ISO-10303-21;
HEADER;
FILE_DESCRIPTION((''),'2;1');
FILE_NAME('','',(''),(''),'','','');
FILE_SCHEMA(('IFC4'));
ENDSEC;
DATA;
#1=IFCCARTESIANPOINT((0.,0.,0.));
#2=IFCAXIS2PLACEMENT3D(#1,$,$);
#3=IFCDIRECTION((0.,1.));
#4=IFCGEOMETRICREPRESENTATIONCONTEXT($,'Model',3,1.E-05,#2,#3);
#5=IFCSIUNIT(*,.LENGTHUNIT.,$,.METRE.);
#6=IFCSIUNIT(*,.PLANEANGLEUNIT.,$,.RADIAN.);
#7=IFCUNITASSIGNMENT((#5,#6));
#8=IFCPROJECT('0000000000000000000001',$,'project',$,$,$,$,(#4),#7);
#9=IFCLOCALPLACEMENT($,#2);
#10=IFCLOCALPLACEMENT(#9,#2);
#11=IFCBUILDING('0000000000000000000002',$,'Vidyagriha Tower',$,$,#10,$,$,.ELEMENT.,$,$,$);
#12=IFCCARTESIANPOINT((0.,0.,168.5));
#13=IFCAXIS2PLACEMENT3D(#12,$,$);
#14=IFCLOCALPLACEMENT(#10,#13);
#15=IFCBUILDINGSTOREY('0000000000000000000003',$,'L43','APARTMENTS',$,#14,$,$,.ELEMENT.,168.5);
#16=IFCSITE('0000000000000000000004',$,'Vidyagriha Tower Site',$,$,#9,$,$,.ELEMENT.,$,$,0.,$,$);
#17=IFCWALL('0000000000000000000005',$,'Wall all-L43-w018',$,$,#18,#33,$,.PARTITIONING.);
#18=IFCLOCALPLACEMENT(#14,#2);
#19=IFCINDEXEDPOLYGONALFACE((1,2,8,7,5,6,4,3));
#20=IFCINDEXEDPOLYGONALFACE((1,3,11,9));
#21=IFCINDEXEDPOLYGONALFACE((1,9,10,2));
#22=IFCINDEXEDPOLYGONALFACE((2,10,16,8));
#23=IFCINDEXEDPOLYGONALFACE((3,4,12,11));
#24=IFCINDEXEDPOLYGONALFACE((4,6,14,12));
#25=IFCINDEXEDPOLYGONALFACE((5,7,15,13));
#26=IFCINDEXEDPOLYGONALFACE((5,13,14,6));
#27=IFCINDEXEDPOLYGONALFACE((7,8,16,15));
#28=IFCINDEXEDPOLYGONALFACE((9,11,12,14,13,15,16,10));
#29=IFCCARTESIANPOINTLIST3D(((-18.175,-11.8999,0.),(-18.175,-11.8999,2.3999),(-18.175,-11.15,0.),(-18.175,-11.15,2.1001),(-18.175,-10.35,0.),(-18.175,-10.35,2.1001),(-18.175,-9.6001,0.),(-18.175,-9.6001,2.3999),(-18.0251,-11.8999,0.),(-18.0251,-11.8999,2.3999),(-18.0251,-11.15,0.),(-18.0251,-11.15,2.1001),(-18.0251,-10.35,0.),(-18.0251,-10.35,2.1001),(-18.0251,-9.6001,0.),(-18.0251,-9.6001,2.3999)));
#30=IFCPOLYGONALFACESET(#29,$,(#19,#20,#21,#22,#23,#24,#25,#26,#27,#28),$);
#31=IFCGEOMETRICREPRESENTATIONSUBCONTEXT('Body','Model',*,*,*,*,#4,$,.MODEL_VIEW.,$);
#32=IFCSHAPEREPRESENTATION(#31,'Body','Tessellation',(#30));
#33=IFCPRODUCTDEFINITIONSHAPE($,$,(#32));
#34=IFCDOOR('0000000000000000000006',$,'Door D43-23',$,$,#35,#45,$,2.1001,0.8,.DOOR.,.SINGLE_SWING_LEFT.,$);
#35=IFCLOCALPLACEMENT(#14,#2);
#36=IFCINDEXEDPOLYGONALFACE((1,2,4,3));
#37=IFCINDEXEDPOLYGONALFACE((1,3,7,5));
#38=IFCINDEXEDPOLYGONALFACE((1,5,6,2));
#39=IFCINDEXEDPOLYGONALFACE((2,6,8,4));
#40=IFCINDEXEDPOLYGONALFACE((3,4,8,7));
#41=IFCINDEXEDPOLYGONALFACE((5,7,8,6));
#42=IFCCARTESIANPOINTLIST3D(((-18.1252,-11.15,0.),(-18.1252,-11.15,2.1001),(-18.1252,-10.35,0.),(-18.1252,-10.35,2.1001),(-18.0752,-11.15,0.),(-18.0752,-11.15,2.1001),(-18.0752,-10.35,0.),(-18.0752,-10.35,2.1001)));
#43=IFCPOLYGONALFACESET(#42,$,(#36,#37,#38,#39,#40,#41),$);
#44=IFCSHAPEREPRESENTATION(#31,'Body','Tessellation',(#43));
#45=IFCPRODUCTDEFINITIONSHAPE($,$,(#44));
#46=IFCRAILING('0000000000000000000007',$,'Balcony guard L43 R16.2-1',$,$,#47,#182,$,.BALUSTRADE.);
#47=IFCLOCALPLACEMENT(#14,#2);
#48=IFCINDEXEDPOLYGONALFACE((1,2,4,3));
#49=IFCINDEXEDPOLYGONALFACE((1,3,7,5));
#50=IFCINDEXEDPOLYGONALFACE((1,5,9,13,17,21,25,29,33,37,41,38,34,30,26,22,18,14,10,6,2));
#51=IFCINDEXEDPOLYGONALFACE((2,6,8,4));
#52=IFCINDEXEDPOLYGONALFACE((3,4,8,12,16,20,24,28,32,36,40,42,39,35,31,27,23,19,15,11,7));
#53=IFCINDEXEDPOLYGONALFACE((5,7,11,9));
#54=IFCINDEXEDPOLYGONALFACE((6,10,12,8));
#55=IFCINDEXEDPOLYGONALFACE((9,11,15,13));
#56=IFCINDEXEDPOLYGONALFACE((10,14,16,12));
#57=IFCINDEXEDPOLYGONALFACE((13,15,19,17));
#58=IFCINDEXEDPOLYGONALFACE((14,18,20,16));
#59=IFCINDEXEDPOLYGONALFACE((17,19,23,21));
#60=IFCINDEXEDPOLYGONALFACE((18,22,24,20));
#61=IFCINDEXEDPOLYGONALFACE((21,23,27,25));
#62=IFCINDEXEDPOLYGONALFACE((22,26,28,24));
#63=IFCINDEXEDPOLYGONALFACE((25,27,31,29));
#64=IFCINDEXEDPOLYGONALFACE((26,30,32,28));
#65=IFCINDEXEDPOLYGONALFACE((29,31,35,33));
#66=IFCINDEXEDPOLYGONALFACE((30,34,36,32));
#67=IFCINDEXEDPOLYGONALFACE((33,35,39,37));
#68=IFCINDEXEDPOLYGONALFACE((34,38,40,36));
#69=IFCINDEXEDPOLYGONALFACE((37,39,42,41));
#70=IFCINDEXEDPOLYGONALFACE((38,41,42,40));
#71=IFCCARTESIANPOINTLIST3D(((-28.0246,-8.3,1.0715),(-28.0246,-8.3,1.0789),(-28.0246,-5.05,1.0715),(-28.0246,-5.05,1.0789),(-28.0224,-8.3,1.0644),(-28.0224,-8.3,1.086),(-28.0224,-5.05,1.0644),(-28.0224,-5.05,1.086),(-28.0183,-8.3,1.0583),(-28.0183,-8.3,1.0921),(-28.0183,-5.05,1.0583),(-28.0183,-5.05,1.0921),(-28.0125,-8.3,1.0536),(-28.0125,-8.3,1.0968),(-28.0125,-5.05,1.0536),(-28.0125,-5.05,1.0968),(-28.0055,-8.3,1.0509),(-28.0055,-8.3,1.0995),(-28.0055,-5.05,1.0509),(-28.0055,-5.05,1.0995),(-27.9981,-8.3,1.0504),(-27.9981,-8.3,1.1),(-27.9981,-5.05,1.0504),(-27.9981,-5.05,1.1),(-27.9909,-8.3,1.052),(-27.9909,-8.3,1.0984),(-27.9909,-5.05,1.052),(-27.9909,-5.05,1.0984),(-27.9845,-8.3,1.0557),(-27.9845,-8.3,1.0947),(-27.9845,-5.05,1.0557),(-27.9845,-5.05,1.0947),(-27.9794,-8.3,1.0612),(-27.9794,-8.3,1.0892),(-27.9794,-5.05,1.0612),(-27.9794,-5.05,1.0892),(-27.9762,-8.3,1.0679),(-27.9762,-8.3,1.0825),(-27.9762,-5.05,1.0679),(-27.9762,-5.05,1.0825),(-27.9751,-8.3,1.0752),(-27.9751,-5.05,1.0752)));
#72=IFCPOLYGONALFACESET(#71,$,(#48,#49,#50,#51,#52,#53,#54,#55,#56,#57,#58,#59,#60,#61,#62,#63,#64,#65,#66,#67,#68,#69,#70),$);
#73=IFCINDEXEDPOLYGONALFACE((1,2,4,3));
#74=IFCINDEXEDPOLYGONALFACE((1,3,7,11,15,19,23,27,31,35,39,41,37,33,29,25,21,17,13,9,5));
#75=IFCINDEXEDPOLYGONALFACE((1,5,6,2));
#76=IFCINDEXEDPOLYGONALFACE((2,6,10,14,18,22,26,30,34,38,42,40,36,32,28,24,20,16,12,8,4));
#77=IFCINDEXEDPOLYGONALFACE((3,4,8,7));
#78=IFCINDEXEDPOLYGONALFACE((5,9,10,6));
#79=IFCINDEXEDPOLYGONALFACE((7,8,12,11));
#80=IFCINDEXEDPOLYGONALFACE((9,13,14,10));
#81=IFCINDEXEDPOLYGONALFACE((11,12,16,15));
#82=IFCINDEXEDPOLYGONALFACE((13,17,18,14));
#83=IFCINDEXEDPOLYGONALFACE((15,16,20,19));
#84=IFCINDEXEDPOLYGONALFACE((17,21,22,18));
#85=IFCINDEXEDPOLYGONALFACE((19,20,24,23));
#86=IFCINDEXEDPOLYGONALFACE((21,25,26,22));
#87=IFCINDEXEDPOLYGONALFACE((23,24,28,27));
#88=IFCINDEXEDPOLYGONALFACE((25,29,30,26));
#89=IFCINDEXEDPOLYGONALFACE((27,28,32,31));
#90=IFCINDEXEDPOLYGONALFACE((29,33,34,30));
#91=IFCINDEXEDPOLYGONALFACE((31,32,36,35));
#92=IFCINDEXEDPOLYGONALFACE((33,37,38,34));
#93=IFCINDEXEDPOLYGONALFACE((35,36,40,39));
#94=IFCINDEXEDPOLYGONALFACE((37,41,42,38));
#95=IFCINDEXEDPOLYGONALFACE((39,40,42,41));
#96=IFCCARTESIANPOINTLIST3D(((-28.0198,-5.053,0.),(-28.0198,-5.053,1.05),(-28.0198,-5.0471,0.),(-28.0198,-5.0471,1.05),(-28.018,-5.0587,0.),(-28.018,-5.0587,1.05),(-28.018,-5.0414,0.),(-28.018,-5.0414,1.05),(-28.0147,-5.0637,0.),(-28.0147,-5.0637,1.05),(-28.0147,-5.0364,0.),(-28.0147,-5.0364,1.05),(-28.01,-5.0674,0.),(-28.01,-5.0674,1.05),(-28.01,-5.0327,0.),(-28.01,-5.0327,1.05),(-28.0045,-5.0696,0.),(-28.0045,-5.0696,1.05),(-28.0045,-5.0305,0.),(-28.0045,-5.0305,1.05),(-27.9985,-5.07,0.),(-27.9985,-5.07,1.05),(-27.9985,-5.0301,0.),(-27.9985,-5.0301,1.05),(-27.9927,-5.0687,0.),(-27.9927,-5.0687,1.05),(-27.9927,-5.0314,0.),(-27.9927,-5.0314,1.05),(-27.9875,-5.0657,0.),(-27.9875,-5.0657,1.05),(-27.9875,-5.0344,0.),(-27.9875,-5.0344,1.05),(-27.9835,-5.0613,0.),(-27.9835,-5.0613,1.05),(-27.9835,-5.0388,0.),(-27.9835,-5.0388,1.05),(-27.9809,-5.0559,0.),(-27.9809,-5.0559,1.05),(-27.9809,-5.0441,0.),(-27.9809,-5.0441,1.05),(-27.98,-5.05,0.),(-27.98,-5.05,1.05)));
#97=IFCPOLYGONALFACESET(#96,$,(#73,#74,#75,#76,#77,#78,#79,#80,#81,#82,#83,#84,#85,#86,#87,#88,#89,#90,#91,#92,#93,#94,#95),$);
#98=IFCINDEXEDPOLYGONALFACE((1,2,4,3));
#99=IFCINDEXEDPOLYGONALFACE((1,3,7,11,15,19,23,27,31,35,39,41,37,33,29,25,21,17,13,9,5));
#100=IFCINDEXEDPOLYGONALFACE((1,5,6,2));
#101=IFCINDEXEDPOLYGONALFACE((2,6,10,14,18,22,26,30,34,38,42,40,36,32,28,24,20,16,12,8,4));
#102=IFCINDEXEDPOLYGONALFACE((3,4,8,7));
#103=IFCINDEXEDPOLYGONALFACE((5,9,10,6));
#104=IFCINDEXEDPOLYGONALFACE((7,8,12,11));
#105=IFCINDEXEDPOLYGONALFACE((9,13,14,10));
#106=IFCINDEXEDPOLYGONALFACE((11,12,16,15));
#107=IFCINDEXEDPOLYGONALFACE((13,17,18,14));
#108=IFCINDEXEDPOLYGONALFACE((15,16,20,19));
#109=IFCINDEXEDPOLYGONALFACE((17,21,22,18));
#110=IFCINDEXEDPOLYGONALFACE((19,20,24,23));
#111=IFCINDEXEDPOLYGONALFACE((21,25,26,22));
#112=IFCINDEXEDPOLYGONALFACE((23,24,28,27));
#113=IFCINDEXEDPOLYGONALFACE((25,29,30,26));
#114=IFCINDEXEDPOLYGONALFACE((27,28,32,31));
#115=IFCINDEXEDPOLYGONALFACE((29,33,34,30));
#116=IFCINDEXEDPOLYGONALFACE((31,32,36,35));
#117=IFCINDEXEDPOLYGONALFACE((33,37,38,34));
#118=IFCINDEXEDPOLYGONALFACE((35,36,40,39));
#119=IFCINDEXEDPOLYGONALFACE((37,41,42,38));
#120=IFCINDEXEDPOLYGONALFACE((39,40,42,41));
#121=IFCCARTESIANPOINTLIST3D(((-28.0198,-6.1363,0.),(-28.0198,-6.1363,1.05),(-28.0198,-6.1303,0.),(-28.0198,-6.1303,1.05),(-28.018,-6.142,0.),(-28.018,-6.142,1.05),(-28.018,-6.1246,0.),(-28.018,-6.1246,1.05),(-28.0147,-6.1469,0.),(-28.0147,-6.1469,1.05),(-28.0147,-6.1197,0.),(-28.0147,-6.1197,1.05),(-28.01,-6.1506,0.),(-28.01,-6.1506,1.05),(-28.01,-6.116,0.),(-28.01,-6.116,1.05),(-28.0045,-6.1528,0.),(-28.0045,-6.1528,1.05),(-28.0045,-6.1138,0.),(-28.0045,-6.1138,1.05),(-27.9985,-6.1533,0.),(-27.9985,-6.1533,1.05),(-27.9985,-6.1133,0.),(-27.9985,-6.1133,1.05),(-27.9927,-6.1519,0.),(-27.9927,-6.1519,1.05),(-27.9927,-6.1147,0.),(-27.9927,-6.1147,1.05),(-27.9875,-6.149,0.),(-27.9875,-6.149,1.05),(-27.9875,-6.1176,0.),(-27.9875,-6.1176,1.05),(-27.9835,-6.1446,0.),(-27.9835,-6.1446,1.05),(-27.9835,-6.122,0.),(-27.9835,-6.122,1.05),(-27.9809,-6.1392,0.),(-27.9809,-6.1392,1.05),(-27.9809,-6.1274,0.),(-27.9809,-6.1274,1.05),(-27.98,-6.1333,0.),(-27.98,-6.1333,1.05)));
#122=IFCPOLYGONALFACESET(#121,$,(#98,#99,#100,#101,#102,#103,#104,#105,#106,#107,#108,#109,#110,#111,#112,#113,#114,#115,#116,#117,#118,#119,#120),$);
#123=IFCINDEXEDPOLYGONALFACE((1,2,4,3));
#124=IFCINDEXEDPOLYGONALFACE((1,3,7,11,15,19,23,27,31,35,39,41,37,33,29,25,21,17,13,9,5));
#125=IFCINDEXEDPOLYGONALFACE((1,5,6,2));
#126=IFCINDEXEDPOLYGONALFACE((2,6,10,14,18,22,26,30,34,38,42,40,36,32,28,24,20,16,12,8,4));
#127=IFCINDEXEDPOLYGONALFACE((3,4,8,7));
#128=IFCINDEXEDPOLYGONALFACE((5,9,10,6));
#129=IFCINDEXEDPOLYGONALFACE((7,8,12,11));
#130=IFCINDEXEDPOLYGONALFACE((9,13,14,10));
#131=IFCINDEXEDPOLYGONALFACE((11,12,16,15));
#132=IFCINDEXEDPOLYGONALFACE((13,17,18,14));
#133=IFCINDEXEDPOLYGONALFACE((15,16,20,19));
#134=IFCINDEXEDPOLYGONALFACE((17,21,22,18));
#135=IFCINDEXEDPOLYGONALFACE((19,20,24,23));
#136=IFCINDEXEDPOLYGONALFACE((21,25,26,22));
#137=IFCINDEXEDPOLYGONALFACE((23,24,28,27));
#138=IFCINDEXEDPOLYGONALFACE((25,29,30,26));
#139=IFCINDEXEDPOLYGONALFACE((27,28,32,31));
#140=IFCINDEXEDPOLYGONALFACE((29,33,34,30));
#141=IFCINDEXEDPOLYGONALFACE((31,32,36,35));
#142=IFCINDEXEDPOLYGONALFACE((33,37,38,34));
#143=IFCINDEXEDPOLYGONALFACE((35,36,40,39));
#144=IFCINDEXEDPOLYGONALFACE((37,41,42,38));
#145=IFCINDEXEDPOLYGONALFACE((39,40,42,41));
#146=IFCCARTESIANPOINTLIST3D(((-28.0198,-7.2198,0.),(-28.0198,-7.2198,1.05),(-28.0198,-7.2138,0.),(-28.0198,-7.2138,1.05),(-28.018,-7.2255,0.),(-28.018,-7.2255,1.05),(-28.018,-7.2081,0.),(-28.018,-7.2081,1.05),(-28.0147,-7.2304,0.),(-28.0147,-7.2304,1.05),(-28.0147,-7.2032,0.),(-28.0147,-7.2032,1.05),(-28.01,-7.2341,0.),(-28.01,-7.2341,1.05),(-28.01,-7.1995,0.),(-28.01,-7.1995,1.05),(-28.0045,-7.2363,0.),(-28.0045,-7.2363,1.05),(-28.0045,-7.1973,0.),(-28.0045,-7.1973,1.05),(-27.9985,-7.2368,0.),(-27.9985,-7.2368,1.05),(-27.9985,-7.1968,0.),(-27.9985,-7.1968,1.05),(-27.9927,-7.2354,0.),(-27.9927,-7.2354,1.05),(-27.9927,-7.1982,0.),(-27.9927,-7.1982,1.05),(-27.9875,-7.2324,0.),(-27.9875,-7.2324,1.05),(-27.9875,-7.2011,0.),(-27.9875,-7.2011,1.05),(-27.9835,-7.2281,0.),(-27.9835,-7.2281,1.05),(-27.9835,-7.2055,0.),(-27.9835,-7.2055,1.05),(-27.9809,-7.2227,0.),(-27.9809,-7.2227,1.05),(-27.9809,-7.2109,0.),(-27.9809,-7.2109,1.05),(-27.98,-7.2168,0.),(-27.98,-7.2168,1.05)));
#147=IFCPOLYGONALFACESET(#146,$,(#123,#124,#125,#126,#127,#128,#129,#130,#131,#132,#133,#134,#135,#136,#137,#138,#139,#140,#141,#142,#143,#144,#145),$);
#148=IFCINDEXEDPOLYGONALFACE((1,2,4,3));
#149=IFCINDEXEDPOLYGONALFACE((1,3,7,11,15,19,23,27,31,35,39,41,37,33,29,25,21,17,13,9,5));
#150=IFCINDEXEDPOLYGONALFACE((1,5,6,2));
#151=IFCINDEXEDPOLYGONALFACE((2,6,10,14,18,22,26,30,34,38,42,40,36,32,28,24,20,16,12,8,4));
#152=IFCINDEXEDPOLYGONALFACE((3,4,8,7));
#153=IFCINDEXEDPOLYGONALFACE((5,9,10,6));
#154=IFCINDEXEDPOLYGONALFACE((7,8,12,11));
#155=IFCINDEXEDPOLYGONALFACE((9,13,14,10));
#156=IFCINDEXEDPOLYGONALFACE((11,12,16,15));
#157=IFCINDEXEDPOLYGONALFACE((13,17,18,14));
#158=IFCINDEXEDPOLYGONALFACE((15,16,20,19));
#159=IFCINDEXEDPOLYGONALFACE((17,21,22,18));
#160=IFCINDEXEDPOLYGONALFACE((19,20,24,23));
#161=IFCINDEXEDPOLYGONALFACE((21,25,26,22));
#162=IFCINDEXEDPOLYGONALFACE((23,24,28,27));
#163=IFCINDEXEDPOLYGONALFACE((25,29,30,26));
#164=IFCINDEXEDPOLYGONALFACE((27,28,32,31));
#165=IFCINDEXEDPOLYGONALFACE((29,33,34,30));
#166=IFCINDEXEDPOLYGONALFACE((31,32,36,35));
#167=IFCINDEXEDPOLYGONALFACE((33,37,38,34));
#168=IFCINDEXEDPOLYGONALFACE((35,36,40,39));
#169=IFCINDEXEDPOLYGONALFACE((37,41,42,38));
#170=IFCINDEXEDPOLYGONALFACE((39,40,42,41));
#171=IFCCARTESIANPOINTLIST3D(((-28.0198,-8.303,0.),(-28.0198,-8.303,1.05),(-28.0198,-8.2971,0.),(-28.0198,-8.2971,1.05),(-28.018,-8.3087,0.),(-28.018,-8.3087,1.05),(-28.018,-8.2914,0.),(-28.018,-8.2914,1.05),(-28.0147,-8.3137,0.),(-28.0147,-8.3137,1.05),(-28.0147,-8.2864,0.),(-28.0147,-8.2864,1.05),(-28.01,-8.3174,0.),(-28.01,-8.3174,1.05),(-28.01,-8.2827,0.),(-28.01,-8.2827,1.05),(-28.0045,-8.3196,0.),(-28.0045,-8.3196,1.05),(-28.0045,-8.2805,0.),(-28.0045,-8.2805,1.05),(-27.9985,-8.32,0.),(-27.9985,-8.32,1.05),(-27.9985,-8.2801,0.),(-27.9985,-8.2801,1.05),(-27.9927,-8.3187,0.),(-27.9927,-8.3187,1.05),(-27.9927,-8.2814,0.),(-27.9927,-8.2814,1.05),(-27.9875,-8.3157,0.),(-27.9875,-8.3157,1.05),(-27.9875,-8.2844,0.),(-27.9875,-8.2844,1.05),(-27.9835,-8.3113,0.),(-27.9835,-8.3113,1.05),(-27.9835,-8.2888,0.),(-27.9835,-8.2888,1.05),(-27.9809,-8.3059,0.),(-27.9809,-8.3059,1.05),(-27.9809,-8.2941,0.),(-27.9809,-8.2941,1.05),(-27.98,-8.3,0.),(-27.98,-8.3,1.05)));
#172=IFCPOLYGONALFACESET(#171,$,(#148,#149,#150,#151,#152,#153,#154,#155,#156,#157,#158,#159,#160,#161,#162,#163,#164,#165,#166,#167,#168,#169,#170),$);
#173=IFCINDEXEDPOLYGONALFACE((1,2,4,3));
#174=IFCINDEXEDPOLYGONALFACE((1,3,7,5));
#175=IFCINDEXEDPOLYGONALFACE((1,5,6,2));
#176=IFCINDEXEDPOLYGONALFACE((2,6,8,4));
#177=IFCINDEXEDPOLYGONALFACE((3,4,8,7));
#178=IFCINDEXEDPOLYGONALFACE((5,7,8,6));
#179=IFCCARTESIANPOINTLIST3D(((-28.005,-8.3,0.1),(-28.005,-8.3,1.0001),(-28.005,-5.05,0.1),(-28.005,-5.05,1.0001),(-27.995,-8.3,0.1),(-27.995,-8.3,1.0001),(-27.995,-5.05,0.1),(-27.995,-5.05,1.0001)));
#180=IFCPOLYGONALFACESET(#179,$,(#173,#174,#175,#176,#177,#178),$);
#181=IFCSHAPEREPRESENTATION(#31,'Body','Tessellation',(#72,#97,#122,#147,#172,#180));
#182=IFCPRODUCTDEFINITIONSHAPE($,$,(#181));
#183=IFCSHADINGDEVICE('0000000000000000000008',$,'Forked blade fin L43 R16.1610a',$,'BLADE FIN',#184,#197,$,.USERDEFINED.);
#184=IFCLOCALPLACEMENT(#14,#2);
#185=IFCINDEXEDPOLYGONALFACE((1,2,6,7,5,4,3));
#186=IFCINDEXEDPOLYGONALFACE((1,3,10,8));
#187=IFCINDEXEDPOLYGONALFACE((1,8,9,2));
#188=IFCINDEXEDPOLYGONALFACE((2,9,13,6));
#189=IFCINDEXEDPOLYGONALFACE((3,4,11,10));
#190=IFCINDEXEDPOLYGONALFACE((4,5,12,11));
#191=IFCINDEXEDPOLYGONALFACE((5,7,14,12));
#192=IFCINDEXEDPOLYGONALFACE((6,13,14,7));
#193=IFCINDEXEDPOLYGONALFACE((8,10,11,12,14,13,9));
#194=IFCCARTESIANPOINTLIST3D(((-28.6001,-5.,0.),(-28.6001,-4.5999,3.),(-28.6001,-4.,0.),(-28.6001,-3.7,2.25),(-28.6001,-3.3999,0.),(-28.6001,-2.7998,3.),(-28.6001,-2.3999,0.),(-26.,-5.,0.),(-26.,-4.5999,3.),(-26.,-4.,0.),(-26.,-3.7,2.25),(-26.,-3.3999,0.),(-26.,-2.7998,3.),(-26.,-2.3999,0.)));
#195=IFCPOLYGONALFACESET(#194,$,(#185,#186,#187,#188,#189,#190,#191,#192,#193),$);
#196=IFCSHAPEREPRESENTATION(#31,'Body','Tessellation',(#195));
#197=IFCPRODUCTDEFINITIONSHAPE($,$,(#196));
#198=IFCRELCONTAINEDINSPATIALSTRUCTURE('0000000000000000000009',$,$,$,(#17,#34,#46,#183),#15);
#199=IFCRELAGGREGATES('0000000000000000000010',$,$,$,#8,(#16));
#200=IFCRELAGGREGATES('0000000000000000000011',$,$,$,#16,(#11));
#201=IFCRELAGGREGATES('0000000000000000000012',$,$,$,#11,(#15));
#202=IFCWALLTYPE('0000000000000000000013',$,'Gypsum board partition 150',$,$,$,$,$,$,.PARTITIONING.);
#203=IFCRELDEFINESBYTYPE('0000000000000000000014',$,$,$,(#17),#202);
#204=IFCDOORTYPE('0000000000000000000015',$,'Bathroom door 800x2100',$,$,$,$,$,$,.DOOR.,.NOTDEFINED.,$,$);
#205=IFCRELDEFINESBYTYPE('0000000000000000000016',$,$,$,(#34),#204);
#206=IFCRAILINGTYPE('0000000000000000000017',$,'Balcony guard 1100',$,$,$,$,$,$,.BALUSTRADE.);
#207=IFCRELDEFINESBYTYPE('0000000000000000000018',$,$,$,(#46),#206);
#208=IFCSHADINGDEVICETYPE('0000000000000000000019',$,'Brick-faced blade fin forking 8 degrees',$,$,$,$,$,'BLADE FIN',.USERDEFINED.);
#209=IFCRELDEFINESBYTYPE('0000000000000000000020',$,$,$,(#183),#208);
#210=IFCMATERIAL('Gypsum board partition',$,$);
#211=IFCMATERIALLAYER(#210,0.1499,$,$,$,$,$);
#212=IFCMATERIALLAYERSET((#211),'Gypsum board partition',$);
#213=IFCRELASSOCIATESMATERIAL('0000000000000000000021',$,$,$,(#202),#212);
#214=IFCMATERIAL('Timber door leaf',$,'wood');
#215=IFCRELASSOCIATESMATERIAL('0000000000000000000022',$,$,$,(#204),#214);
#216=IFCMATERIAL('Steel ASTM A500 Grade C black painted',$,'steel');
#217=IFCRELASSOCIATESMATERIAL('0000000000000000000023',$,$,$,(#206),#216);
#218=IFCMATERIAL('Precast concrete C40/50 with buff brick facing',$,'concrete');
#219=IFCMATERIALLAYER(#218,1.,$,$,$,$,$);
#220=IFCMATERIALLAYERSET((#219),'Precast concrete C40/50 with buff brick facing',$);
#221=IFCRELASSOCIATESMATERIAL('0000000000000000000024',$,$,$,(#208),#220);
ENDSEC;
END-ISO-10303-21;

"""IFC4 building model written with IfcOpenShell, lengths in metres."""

from ifc_helpers import new_model, si_unit, direction, frame, frame_2d, origin, origin_2d, place, context, subcontext, project, spatial, polyline, rectangle, circle, outline, extrude, material, layer, layer_set, type_object, element, fill, save


model = new_model("IFC4")

# Units and contexts
model_context = context("Model", 3, precision=1e-05, world=origin(), true_north=direction((0.0, 1.0)))
body_context = subcontext(model_context, "Body", "Model", "MODEL_VIEW")
ifc_project = project(units=[si_unit("LENGTHUNIT", "METRE"), si_unit("PLANEANGLEUNIT", "RADIAN")], contexts=[model_context])

# Site, building, storey
site_placement = place(None, origin())
site = spatial("IfcSite", under=ifc_project, at=site_placement, Name="Vidyagriha Tower Site", CompositionType="ELEMENT", RefElevation=0.0)
building_placement = place(site_placement, origin())
building = spatial("IfcBuilding", under=site, at=building_placement, Name="Vidyagriha Tower", CompositionType="ELEMENT")
storey_placement = place(building_placement, frame((0.0, 0.0, 168.5)))
storey = spatial("IfcBuildingStorey", under=building, at=storey_placement, Name="L43", Description="APARTMENTS", CompositionType="ELEMENT", Elevation=168.5)

# Shared definitions
ifc_material_1 = material(Name="Gypsum board partition")
ifc_layer_1 = layer(ifc_material_1, 0.1499)
ifc_layer_set_1 = layer_set([ifc_layer_1], Name="Gypsum board partition")
wall_type_1 = type_object("IfcWallType", Name="Gypsum board partition 150", PredefinedType="PARTITIONING", material=ifc_layer_set_1)

# Wall, opening, door
wall_1_placement = place(storey_placement, frame((-18.1001, -9.6001, 0.0), z_axis=(0.0, 0.0, 1.0), x_axis=(0.0, -1.0, 0.0)))
wall_1 = element("IfcWall", 1, at=wall_1_placement, inside=storey, type_object=wall_type_1, Name="Wall all-L43-w018", PredefinedType="PARTITIONING", context=body_context, shape_type="SweptSolid", body=[
    extrude(rectangle(XDim=2.2998, YDim=0.1499, at=frame_2d((1.1499, 0.0))), origin(), (0.0, 0.0, 1.0), 2.3999),
])
opening_1_placement = place(wall_1_placement, frame((0.75, 0.0, 0.0)))
opening_1 = element("IfcOpeningElement", 2, at=opening_1_placement, cuts=wall_1, PredefinedType="OPENING", context=body_context, shape_type="SweptSolid", body=[
    extrude(rectangle(XDim=0.8, YDim=2.1001, at=frame_2d((0.3999, 1.05))), frame((0.0, 0.085, 0.0), z_axis=(0.0, -1.0, 0.0), x_axis=(1.0, 0.0, 0.0)), (0.0, 0.0, 1.0), 0.1699),
])
ifc_material_2 = material(Name="Timber door leaf", Category="wood")
door_type_1 = type_object("IfcDoorType", Name="Bathroom door 800x2100", OperationType="NOTDEFINED", PredefinedType="DOOR", material=ifc_material_2)
door_1_placement = place(opening_1_placement, origin())
door_1 = element("IfcDoor", 3, at=door_1_placement, inside=storey, type_object=door_type_1, Name="Door D43-23", OperationType="SINGLE_SWING_LEFT", OverallHeight=2.1001, OverallWidth=0.8, PredefinedType="DOOR", context=body_context, shape_type="SweptSolid", body=[
    extrude(rectangle(XDim=0.8, YDim=2.1001, at=frame_2d((0.3999, 1.05))), frame((0.0, 0.0249, 0.0), z_axis=(0.0, -1.0, 0.0), x_axis=(1.0, 0.0, 0.0)), (0.0, 0.0, 1.0), 0.05),
])
fill(opening_1, door_1)

# Railing
ifc_material_3 = material(Name="Steel ASTM A500 Grade C black painted", Category="steel")
railing_type_1 = type_object("IfcRailingType", Name="Balcony guard 1100", PredefinedType="BALUSTRADE", material=ifc_material_3)
railing_1_placement = place(storey_placement, frame((-28.0, -5.05, 0.0)))
element("IfcRailing", 4, at=railing_1_placement, inside=storey, type_object=railing_type_1, Name="Balcony guard L43 R16.2-1", PredefinedType="BALUSTRADE", context=body_context, shape_type="SweptSolid", body=[
    extrude(circle(Radius=0.0249, at=origin_2d()), frame((0.0, 0.0, 1.0752), z_axis=(0.0, -1.0, 0.0), x_axis=(1.0, 0.0, 0.0)), (0.0, 0.0, 1.0), 3.25),
    extrude(circle(Radius=0.02, at=origin_2d()), origin(), (0.0, 0.0, 1.0), 1.05),
    extrude(circle(Radius=0.02, at=origin_2d()), frame((0.0, -1.0833, 0.0)), (0.0, 0.0, 1.0), 1.05),
    extrude(circle(Radius=0.02, at=origin_2d()), frame((0.0, -2.1667, 0.0)), (0.0, 0.0, 1.0), 1.05),
    extrude(circle(Radius=0.02, at=origin_2d()), frame((0.0, -3.25, 0.0)), (0.0, 0.0, 1.0), 1.05),
    extrude(rectangle(XDim=0.01, YDim=0.9001, at=origin_2d()), frame((0.0, 0.0, 0.55), z_axis=(0.0, -1.0, 0.0), x_axis=(1.0, 0.0, 0.0)), (0.0, 0.0, 1.0), 3.25),
])

# Shading device
ifc_material_4 = material(Name="Precast concrete C40/50 with buff brick facing", Category="concrete")
ifc_layer_2 = layer(ifc_material_4, 1.0)
ifc_layer_set_2 = layer_set([ifc_layer_2], Name="Precast concrete C40/50 with buff brick facing")
shading_device_type_1 = type_object("IfcShadingDeviceType", Name="Brick-faced blade fin forking 8 degrees", ElementType="BLADE FIN", PredefinedType="USERDEFINED", material=ifc_layer_set_2)
shading_device_1_placement = place(storey_placement, frame((-27.3, -2.3999, 0.0), z_axis=(0.0, 0.0, 1.0), x_axis=(0.0, -1.0, 0.0)))
element("IfcShadingDevice", 5, at=shading_device_1_placement, inside=storey, type_object=shading_device_type_1, Name="Forked blade fin L43 R16.1610a", ObjectType="BLADE FIN", PredefinedType="USERDEFINED", context=body_context, shape_type="SweptSolid", body=[
    extrude(outline(polyline([(1.0, 0.0), (1.3, 2.25), (1.6001, 0.0), (2.6001, 0.0), (2.2, 3.0), (0.3999, 3.0), (0.0, 0.0), (1.0, 0.0)])), frame((0.0, 1.3, 0.0), z_axis=(0.0, -1.0, 0.0), x_axis=(1.0, 0.0, 0.0)), (0.0, 0.0, 1.0), 2.6001),
])

save(model, "model.ifc")
